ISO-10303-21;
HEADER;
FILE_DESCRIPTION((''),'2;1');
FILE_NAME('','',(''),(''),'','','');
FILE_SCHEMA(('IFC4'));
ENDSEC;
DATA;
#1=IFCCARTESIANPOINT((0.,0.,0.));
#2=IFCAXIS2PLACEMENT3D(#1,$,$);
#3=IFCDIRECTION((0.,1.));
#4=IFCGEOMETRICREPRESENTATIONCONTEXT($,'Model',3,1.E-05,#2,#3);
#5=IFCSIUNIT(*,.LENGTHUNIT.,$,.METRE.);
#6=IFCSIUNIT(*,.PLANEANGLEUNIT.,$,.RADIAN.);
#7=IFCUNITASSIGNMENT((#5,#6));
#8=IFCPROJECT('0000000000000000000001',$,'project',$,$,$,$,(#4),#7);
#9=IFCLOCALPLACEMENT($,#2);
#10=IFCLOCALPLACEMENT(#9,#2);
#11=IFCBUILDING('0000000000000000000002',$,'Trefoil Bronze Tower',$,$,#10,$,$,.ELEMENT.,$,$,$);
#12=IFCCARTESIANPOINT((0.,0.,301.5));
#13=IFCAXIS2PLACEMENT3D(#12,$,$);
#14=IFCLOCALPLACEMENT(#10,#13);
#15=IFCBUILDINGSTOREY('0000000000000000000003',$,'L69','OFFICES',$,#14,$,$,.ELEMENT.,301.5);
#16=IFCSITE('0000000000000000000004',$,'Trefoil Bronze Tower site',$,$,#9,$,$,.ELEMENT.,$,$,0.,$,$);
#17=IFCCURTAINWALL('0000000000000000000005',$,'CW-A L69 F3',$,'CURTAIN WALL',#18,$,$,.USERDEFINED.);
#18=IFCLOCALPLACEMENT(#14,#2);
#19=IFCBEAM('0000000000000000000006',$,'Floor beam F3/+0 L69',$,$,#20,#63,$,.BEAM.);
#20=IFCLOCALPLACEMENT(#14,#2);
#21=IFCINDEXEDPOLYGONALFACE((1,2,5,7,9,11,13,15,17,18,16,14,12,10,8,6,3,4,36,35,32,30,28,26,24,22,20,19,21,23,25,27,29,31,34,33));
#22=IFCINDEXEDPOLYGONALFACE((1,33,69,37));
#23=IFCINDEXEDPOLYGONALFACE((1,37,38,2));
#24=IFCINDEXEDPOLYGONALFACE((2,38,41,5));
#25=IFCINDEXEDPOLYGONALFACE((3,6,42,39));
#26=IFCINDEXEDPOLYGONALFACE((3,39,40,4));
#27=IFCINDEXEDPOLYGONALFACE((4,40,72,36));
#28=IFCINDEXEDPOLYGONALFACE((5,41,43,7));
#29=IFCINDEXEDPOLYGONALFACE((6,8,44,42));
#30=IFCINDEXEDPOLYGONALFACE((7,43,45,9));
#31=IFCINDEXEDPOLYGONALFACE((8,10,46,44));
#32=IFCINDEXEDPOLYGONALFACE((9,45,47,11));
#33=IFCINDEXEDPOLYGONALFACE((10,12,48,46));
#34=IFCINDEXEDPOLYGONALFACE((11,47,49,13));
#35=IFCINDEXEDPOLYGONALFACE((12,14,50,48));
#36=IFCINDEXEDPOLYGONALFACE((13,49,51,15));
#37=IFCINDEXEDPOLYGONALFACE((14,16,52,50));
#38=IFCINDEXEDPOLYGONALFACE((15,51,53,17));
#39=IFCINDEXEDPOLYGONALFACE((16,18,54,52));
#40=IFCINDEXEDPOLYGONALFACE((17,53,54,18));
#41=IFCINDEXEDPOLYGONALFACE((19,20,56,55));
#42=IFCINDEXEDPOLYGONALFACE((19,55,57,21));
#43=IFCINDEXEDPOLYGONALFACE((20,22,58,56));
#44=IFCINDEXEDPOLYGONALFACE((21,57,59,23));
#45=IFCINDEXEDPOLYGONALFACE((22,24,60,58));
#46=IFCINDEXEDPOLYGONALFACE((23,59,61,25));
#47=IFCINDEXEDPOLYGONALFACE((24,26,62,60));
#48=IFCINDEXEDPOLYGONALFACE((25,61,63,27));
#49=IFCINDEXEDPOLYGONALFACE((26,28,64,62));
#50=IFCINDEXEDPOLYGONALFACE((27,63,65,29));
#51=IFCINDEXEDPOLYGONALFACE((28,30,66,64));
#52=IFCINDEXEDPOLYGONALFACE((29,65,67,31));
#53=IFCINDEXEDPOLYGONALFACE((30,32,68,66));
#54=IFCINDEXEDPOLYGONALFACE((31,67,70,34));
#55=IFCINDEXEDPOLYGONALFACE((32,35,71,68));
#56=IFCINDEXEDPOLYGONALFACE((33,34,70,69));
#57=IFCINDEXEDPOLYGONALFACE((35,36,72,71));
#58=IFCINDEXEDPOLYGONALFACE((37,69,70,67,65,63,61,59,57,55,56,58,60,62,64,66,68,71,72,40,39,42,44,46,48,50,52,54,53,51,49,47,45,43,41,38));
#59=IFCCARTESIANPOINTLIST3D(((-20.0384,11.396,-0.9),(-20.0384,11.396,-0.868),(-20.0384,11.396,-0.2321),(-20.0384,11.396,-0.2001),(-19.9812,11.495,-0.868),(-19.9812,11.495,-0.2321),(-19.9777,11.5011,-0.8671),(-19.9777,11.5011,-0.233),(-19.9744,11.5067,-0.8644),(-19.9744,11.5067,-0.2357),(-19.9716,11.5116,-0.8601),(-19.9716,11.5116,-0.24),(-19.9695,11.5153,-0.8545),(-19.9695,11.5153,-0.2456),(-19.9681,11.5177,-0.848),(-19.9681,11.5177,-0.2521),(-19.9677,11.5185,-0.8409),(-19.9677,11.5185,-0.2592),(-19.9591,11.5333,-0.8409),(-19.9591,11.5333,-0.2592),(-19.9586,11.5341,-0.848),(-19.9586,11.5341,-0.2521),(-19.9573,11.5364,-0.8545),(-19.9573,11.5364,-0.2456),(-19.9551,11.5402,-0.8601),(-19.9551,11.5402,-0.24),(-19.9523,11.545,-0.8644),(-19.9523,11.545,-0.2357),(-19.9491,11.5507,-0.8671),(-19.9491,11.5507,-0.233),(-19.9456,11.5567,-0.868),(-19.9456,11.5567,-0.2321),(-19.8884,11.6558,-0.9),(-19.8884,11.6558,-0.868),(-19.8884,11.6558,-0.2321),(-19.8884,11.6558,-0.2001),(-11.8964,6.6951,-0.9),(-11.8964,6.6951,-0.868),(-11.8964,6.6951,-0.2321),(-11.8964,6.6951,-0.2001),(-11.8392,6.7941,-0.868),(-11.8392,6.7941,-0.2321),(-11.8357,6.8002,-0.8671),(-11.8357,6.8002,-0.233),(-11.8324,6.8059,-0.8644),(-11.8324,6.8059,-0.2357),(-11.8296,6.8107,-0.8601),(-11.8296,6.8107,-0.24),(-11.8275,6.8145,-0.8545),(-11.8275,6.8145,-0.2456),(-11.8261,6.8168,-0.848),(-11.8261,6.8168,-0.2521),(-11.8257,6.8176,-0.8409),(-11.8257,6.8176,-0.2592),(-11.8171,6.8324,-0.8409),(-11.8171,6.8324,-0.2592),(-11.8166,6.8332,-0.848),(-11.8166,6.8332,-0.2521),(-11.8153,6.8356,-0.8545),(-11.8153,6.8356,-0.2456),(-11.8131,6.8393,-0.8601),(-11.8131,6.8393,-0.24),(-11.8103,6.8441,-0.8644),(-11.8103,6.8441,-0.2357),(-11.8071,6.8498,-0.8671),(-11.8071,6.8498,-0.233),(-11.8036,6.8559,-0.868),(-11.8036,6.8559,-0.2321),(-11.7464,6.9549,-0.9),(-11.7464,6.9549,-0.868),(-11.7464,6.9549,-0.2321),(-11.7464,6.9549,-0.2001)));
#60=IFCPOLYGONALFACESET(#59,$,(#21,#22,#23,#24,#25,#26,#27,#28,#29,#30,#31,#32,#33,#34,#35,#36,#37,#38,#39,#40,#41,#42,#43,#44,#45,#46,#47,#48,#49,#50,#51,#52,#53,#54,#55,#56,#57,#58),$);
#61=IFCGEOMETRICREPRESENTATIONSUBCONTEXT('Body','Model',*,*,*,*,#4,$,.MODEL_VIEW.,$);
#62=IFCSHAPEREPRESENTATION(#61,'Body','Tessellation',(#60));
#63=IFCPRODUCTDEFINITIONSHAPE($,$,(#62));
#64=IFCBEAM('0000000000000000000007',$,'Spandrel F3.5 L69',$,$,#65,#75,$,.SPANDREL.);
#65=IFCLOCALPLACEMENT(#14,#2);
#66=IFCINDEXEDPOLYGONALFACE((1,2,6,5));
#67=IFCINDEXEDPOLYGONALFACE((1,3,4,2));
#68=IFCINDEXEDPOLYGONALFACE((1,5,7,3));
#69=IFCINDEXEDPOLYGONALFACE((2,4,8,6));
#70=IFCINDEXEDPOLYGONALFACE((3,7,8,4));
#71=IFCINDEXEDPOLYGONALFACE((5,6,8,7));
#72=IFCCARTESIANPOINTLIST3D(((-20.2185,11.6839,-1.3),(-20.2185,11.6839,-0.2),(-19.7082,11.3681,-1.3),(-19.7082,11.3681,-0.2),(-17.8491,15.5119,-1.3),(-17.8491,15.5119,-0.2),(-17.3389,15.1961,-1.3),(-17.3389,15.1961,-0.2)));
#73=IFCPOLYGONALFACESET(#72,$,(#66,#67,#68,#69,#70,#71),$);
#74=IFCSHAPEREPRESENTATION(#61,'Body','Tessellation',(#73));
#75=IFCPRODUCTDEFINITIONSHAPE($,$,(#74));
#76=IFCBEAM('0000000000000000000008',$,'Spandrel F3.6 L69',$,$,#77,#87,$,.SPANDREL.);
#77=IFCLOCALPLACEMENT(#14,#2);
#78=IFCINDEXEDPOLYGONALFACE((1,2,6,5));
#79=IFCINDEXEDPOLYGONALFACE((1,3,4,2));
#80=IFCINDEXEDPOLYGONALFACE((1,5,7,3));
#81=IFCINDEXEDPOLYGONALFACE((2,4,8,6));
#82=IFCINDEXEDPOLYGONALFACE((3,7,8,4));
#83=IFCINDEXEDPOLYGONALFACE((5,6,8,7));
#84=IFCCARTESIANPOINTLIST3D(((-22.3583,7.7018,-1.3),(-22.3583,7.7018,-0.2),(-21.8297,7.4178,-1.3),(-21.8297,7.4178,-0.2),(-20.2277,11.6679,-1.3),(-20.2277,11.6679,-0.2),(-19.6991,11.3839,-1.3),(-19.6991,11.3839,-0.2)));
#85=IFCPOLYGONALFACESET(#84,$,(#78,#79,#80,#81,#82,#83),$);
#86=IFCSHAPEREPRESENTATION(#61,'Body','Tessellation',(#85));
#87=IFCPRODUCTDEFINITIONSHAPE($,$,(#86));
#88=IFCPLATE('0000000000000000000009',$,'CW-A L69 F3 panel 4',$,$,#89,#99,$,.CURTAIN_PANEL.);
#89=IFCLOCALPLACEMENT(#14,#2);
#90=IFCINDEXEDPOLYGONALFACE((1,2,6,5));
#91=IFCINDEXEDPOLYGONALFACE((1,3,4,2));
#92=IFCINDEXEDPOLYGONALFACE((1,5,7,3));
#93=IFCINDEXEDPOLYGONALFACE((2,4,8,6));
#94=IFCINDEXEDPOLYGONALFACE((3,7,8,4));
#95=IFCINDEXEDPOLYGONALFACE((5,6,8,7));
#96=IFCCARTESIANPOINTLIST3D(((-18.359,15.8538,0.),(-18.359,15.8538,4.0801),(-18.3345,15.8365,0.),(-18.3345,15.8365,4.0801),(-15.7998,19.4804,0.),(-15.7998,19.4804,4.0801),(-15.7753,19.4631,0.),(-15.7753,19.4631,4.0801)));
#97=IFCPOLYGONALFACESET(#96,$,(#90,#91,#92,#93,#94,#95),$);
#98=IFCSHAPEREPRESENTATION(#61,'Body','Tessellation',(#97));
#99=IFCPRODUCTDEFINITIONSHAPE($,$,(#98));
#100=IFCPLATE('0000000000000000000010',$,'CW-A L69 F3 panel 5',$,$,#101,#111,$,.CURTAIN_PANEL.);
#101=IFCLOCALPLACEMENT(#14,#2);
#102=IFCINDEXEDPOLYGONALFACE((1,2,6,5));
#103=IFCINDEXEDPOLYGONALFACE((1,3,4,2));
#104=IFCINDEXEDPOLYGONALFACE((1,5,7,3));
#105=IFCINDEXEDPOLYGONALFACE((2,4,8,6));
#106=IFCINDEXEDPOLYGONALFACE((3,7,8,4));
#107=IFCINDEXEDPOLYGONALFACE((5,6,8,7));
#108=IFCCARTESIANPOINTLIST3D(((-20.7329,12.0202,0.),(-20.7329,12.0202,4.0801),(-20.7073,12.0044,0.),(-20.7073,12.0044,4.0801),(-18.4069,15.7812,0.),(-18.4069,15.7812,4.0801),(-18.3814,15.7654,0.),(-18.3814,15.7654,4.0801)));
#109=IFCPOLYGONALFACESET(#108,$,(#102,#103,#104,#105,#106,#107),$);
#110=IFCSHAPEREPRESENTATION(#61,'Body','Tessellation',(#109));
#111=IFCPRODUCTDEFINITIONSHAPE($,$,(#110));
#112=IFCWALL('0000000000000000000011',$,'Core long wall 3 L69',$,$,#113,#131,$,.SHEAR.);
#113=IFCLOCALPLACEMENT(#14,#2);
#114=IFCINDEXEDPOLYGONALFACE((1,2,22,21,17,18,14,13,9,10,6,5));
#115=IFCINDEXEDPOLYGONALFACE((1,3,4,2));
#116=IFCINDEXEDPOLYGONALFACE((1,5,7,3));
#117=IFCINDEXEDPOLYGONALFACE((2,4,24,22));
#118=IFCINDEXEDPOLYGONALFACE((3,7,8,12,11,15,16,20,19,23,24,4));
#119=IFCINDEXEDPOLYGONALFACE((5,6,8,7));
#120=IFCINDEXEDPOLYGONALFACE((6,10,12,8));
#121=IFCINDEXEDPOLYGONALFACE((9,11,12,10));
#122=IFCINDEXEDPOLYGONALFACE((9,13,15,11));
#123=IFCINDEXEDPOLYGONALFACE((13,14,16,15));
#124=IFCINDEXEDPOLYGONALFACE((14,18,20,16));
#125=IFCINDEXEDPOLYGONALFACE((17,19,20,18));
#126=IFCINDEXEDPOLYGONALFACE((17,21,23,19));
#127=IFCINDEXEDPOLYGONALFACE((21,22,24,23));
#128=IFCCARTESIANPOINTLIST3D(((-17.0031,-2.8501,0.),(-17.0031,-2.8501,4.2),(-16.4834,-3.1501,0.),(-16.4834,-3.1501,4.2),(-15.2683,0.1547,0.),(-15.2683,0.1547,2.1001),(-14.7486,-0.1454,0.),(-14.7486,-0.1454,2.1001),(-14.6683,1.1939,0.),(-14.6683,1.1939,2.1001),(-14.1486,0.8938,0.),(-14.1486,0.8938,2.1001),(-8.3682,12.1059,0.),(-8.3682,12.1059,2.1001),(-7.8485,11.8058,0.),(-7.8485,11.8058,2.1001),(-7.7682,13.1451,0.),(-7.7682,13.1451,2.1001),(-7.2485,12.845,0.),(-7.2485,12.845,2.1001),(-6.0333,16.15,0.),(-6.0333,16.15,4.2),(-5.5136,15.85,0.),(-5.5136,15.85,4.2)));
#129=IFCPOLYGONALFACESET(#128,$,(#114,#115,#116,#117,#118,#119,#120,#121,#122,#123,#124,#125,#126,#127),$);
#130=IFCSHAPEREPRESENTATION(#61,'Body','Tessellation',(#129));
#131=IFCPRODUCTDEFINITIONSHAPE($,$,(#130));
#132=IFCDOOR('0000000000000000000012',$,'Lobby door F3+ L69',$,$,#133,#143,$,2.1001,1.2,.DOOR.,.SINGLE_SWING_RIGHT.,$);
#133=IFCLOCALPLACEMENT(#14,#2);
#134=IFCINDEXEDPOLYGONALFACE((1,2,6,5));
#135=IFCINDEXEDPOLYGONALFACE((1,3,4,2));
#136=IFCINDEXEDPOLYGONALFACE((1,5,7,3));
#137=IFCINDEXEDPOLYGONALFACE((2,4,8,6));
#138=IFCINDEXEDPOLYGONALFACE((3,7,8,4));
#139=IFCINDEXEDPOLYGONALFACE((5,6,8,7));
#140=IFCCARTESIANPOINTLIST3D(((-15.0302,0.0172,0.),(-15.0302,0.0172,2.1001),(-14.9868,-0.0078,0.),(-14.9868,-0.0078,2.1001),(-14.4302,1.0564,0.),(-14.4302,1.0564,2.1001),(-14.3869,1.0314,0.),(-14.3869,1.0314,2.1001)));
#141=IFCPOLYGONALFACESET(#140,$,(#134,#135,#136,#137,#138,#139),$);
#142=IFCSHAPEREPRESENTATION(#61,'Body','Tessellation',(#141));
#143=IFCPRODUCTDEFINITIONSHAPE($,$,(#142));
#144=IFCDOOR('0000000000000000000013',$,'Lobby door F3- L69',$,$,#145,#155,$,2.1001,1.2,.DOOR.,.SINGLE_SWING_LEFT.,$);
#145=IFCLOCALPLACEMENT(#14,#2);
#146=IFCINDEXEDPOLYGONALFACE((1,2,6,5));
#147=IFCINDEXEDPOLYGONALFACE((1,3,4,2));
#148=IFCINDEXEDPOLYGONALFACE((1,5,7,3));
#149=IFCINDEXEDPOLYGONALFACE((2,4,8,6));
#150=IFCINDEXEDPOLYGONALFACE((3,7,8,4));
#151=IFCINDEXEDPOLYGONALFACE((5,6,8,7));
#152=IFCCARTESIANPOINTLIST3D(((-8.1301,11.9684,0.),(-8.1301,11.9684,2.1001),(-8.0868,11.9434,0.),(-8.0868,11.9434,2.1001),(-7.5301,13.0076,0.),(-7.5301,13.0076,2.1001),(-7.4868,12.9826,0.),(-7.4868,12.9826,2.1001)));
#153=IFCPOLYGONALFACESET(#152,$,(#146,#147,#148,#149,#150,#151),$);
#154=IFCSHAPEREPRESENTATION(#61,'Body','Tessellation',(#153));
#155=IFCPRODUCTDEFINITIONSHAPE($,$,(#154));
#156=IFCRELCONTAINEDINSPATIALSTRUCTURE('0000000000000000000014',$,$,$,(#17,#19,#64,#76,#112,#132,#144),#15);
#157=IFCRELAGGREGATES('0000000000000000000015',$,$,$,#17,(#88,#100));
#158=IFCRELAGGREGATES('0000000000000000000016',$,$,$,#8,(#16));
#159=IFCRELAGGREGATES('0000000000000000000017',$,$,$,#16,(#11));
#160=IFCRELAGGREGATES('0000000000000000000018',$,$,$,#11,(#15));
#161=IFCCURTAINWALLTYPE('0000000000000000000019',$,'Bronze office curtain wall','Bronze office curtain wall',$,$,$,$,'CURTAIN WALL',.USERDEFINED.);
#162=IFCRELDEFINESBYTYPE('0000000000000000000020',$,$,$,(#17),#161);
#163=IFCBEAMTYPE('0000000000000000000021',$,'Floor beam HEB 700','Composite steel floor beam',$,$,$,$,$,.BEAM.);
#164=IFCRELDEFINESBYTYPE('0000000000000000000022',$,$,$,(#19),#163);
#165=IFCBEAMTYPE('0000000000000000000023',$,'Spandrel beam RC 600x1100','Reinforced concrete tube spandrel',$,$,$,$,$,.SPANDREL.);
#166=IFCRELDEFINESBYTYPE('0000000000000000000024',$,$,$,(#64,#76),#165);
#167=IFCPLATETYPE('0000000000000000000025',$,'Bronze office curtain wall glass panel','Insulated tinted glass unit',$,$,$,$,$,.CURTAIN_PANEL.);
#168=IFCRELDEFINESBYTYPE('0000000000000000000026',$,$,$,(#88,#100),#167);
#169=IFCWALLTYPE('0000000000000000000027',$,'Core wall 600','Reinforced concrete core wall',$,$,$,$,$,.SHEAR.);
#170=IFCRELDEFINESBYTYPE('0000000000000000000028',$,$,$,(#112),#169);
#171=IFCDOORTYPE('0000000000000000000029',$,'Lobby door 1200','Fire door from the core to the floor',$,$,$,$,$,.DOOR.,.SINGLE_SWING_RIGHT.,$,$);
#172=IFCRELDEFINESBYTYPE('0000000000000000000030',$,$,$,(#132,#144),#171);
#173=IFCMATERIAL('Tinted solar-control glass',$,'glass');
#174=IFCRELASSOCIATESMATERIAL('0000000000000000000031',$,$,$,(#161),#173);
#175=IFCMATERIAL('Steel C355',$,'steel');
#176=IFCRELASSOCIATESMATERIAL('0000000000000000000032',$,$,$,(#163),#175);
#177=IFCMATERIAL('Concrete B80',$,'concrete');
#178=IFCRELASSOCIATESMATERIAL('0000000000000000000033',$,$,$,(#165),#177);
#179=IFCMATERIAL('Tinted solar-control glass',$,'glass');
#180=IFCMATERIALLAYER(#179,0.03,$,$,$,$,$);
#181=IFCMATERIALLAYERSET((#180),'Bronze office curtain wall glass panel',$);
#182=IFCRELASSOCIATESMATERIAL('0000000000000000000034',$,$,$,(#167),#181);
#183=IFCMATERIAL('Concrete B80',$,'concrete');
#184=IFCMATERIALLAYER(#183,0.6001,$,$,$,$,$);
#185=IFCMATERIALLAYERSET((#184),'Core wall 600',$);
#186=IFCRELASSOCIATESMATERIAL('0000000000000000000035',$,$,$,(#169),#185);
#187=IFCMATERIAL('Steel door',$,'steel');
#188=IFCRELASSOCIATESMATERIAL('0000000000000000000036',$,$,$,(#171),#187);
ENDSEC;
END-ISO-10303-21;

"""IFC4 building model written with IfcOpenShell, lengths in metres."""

from ifc_helpers import new_model, si_unit, direction, frame, frame_2d, origin, origin_2d, place, context, subcontext, project, spatial, rectangle, i_section, extrude, material, layer, layer_set, material_profile, profile_set, type_object, element, fill, aggregate, save


model = new_model("IFC4")

# Units and contexts
model_context = context("Model", 3, precision=1e-05, world=origin(), true_north=direction((0.0, 1.0)))
body_context = subcontext(model_context, "Body", "Model", "MODEL_VIEW")
ifc_project = project(units=[si_unit("LENGTHUNIT", "METRE"), si_unit("PLANEANGLEUNIT", "RADIAN")], contexts=[model_context])

# Site, building, storey
site_placement = place(None, origin())
site = spatial("IfcSite", under=ifc_project, at=site_placement, Name="Trefoil Bronze Tower site", CompositionType="ELEMENT", RefElevation=0.0)
building_placement = place(site_placement, origin())
building = spatial("IfcBuilding", under=site, at=building_placement, Name="Trefoil Bronze Tower", CompositionType="ELEMENT")
storey_placement = place(building_placement, frame((0.0, 0.0, 301.5)))
storey = spatial("IfcBuildingStorey", under=building, at=storey_placement, Name="L69", Description="OFFICES", CompositionType="ELEMENT", Elevation=301.5)

# Curtain wall
ifc_material_1 = material(Name="Tinted solar-control glass", Category="glass")
curtain_wall_type = type_object("IfcCurtainWallType", Name="Bronze office curtain wall", Description="Bronze office curtain wall", ElementType="CURTAIN WALL", PredefinedType="USERDEFINED", material=ifc_material_1)
curtain_wall_placement = place(storey_placement, origin())
curtain_wall = element("IfcCurtainWall", 1, at=curtain_wall_placement, inside=storey, type_object=curtain_wall_type, Name="CW-A L69 F3", ObjectType="CURTAIN WALL", PredefinedType="USERDEFINED")

# Beams
ifc_material_2 = material(Name="Steel C355", Category="steel")
ifc_material_profile_1 = material_profile(ifc_material_2, i_section(OverallWidth=0.3, OverallDepth=0.7, WebThickness=0.0171, FlangeThickness=0.032, FilletRadius=0.0271, at=origin_2d()), Name="HEB 700")
ifc_profile_set_1 = profile_set([ifc_material_profile_1], Name="Steel C355")
beam_type_1 = type_object("IfcBeamType", Name="Floor beam HEB 700", Description="Composite steel floor beam", PredefinedType="BEAM", material=ifc_profile_set_1)
beam_1_placement = place(storey_placement, frame((-19.9634, 11.5259, -0.55), z_axis=(0.866021, -0.500007, 0.0), x_axis=(0.500007, 0.866021, 0.0)))
element("IfcBeam", 2, at=beam_1_placement, inside=storey, type_object=beam_type_1, Name="Floor beam F3/+0 L69", PredefinedType="BEAM", context=body_context, shape_type="SweptSolid", body=[
    extrude(i_section(OverallWidth=0.3, OverallDepth=0.7, WebThickness=0.0171, FlangeThickness=0.032, FilletRadius=0.0271, at=origin_2d()), origin(), (0.0, 0.0, 1.0), 9.4016),
])
ifc_material_3 = material(Name="Concrete B80", Category="concrete")
ifc_material_profile_2 = material_profile(ifc_material_3, rectangle(XDim=0.6001, YDim=1.1001, at=origin_2d()), Name="RC 600x1100")
ifc_profile_set_2 = profile_set([ifc_material_profile_2], Name="Concrete B80")
beam_type_2 = type_object("IfcBeamType", Name="Spandrel beam RC 600x1100", Description="Reinforced concrete tube spandrel", PredefinedType="SPANDREL", material=ifc_profile_set_2)
beam_2_placement = place(storey_placement, frame((-17.594, 15.354, -0.75), z_axis=(-0.526289, -0.850306, 0.0), x_axis=(0.850306, -0.526289, 0.0)))
element("IfcBeam", 3, at=beam_2_placement, inside=storey, type_object=beam_type_2, Name="Spandrel F3.5 L69", PredefinedType="SPANDREL", context=body_context, shape_type="SweptSolid", body=[
    extrude(rectangle(XDim=0.6001, YDim=1.1001, at=origin_2d()), origin(), (0.0, 0.0, 1.0), 4.502),
])
beam_3_placement = place(storey_placement, frame((-19.9634, 11.5259, -0.75), z_axis=(-0.473246, -0.88093, 0.0), x_axis=(0.88093, -0.473246, 0.0)))
element("IfcBeam", 4, at=beam_3_placement, inside=storey, type_object=beam_type_2, Name="Spandrel F3.6 L69", PredefinedType="SPANDREL", context=body_context, shape_type="SweptSolid", body=[
    extrude(rectangle(XDim=0.6001, YDim=1.1001, at=origin_2d()), origin(), (0.0, 0.0, 1.0), 4.5022),
])

# Plates
ifc_material_4 = material(Name="Tinted solar-control glass", Category="glass")
ifc_layer_1 = layer(ifc_material_4, 0.03)
ifc_layer_set_1 = layer_set([ifc_layer_1], Name="Bronze office curtain wall glass panel")
plate_type = type_object("IfcPlateType", Name="Bronze office curtain wall glass panel", Description="Insulated tinted glass unit", PredefinedType="CURTAIN_PANEL", material=ifc_layer_set_1)
plate_1_placement = place(storey_placement, frame((-17.0671, 17.6584, 0.0), z_axis=(0.0, 0.0, 1.0), x_axis=(-0.576561, -0.817054, 0.0)))
plate_1 = element("IfcPlate", 5, at=plate_1_placement, type_object=plate_type, Name="CW-A L69 F3 panel 4", PredefinedType="CURTAIN_PANEL", context=body_context, shape_type="SweptSolid", body=[
    extrude(rectangle(XDim=4.4387, YDim=0.03, at=origin_2d()), origin(), (0.0, 0.0, 1.0), 4.0801),
])
plate_2_placement = place(storey_placement, frame((-19.5571, 13.8928, 0.0), z_axis=(0.0, 0.0, 1.0), x_axis=(-0.52598, -0.850497, 0.0)))
plate_2 = element("IfcPlate", 6, at=plate_2_placement, type_object=plate_type, Name="CW-A L69 F3 panel 5", PredefinedType="CURTAIN_PANEL", context=body_context, shape_type="SweptSolid", body=[
    extrude(rectangle(XDim=4.4221, YDim=0.03, at=origin_2d()), origin(), (0.0, 0.0, 1.0), 4.0801),
])
aggregate(curtain_wall, [plate_1, plate_2])

# Wall, openings, doors
ifc_material_5 = material(Name="Concrete B80", Category="concrete")
ifc_layer_2 = layer(ifc_material_5, 0.6001)
ifc_layer_set_2 = layer_set([ifc_layer_2], Name="Core wall 600")
wall_type_1 = type_object("IfcWallType", Name="Core wall 600", Description="Reinforced concrete core wall", PredefinedType="SHEAR", material=ifc_layer_set_2)
wall_1_placement = place(storey_placement, frame((-5.7734, 16.0, 0.0), z_axis=(0.0, 0.0, 1.0), x_axis=(-0.500002, -0.866024, 0.0)))
wall_1 = element("IfcWall", 7, at=wall_1_placement, inside=storey, type_object=wall_type_1, Name="Core long wall 3 L69", PredefinedType="SHEAR", context=body_context, shape_type="SweptSolid", body=[
    extrude(rectangle(XDim=21.9395, YDim=0.6001, at=frame_2d((10.9697, 0.0))), origin(), (0.0, 0.0, 1.0), 4.2),
])
opening_1_placement = place(wall_1_placement, frame((17.2698, 0.0, 0.0)))
opening_1 = element("IfcOpeningElement", 8, at=opening_1_placement, cuts=wall_1, PredefinedType="OPENING", context=body_context, shape_type="SweptSolid", body=[
    extrude(rectangle(XDim=1.2, YDim=2.1001, at=frame_2d((0.6001, 1.05))), frame((0.0, 0.3101, 0.0), z_axis=(0.0, -1.0, 0.0), x_axis=(1.0, 0.0, 0.0)), (0.0, 0.0, 1.0), 0.6201),
])
opening_2_placement = place(wall_1_placement, frame((3.4697, 0.0, 0.0)))
opening_2 = element("IfcOpeningElement", 9, at=opening_2_placement, cuts=wall_1, PredefinedType="OPENING", context=body_context, shape_type="SweptSolid", body=[
    extrude(rectangle(XDim=1.2, YDim=2.1001, at=frame_2d((0.6001, 1.05))), frame((0.0, 0.3101, 0.0), z_axis=(0.0, -1.0, 0.0), x_axis=(1.0, 0.0, 0.0)), (0.0, 0.0, 1.0), 0.6201),
])
ifc_material_6 = material(Name="Steel door", Category="steel")
door_type_1 = type_object("IfcDoorType", Name="Lobby door 1200", Description="Fire door from the core to the floor", OperationType="SINGLE_SWING_RIGHT", PredefinedType="DOOR", material=ifc_material_6)
door_1_placement = place(opening_1_placement, origin())
door_1 = element("IfcDoor", 10, at=door_1_placement, inside=storey, type_object=door_type_1, Name="Lobby door F3+ L69", OperationType="SINGLE_SWING_RIGHT", OverallHeight=2.1001, OverallWidth=1.2, PredefinedType="DOOR", context=body_context, shape_type="SweptSolid", body=[
    extrude(rectangle(XDim=1.2, YDim=2.1001, at=frame_2d((0.6001, 1.05))), frame((0.0, 0.0249, 0.0), z_axis=(0.0, -1.0, 0.0), x_axis=(1.0, 0.0, 0.0)), (0.0, 0.0, 1.0), 0.05),
])
fill(opening_1, door_1)
door_2_placement = place(opening_2_placement, origin())
door_2 = element("IfcDoor", 11, at=door_2_placement, inside=storey, type_object=door_type_1, Name="Lobby door F3- L69", OperationType="SINGLE_SWING_LEFT", OverallHeight=2.1001, OverallWidth=1.2, PredefinedType="DOOR", context=body_context, shape_type="SweptSolid", body=[
    extrude(rectangle(XDim=1.2, YDim=2.1001, at=frame_2d((0.6001, 1.05))), frame((0.0, 0.0249, 0.0), z_axis=(0.0, -1.0, 0.0), x_axis=(1.0, 0.0, 0.0)), (0.0, 0.0, 1.0), 0.05),
])
fill(opening_2, door_2)

save(model, "model.ifc")
